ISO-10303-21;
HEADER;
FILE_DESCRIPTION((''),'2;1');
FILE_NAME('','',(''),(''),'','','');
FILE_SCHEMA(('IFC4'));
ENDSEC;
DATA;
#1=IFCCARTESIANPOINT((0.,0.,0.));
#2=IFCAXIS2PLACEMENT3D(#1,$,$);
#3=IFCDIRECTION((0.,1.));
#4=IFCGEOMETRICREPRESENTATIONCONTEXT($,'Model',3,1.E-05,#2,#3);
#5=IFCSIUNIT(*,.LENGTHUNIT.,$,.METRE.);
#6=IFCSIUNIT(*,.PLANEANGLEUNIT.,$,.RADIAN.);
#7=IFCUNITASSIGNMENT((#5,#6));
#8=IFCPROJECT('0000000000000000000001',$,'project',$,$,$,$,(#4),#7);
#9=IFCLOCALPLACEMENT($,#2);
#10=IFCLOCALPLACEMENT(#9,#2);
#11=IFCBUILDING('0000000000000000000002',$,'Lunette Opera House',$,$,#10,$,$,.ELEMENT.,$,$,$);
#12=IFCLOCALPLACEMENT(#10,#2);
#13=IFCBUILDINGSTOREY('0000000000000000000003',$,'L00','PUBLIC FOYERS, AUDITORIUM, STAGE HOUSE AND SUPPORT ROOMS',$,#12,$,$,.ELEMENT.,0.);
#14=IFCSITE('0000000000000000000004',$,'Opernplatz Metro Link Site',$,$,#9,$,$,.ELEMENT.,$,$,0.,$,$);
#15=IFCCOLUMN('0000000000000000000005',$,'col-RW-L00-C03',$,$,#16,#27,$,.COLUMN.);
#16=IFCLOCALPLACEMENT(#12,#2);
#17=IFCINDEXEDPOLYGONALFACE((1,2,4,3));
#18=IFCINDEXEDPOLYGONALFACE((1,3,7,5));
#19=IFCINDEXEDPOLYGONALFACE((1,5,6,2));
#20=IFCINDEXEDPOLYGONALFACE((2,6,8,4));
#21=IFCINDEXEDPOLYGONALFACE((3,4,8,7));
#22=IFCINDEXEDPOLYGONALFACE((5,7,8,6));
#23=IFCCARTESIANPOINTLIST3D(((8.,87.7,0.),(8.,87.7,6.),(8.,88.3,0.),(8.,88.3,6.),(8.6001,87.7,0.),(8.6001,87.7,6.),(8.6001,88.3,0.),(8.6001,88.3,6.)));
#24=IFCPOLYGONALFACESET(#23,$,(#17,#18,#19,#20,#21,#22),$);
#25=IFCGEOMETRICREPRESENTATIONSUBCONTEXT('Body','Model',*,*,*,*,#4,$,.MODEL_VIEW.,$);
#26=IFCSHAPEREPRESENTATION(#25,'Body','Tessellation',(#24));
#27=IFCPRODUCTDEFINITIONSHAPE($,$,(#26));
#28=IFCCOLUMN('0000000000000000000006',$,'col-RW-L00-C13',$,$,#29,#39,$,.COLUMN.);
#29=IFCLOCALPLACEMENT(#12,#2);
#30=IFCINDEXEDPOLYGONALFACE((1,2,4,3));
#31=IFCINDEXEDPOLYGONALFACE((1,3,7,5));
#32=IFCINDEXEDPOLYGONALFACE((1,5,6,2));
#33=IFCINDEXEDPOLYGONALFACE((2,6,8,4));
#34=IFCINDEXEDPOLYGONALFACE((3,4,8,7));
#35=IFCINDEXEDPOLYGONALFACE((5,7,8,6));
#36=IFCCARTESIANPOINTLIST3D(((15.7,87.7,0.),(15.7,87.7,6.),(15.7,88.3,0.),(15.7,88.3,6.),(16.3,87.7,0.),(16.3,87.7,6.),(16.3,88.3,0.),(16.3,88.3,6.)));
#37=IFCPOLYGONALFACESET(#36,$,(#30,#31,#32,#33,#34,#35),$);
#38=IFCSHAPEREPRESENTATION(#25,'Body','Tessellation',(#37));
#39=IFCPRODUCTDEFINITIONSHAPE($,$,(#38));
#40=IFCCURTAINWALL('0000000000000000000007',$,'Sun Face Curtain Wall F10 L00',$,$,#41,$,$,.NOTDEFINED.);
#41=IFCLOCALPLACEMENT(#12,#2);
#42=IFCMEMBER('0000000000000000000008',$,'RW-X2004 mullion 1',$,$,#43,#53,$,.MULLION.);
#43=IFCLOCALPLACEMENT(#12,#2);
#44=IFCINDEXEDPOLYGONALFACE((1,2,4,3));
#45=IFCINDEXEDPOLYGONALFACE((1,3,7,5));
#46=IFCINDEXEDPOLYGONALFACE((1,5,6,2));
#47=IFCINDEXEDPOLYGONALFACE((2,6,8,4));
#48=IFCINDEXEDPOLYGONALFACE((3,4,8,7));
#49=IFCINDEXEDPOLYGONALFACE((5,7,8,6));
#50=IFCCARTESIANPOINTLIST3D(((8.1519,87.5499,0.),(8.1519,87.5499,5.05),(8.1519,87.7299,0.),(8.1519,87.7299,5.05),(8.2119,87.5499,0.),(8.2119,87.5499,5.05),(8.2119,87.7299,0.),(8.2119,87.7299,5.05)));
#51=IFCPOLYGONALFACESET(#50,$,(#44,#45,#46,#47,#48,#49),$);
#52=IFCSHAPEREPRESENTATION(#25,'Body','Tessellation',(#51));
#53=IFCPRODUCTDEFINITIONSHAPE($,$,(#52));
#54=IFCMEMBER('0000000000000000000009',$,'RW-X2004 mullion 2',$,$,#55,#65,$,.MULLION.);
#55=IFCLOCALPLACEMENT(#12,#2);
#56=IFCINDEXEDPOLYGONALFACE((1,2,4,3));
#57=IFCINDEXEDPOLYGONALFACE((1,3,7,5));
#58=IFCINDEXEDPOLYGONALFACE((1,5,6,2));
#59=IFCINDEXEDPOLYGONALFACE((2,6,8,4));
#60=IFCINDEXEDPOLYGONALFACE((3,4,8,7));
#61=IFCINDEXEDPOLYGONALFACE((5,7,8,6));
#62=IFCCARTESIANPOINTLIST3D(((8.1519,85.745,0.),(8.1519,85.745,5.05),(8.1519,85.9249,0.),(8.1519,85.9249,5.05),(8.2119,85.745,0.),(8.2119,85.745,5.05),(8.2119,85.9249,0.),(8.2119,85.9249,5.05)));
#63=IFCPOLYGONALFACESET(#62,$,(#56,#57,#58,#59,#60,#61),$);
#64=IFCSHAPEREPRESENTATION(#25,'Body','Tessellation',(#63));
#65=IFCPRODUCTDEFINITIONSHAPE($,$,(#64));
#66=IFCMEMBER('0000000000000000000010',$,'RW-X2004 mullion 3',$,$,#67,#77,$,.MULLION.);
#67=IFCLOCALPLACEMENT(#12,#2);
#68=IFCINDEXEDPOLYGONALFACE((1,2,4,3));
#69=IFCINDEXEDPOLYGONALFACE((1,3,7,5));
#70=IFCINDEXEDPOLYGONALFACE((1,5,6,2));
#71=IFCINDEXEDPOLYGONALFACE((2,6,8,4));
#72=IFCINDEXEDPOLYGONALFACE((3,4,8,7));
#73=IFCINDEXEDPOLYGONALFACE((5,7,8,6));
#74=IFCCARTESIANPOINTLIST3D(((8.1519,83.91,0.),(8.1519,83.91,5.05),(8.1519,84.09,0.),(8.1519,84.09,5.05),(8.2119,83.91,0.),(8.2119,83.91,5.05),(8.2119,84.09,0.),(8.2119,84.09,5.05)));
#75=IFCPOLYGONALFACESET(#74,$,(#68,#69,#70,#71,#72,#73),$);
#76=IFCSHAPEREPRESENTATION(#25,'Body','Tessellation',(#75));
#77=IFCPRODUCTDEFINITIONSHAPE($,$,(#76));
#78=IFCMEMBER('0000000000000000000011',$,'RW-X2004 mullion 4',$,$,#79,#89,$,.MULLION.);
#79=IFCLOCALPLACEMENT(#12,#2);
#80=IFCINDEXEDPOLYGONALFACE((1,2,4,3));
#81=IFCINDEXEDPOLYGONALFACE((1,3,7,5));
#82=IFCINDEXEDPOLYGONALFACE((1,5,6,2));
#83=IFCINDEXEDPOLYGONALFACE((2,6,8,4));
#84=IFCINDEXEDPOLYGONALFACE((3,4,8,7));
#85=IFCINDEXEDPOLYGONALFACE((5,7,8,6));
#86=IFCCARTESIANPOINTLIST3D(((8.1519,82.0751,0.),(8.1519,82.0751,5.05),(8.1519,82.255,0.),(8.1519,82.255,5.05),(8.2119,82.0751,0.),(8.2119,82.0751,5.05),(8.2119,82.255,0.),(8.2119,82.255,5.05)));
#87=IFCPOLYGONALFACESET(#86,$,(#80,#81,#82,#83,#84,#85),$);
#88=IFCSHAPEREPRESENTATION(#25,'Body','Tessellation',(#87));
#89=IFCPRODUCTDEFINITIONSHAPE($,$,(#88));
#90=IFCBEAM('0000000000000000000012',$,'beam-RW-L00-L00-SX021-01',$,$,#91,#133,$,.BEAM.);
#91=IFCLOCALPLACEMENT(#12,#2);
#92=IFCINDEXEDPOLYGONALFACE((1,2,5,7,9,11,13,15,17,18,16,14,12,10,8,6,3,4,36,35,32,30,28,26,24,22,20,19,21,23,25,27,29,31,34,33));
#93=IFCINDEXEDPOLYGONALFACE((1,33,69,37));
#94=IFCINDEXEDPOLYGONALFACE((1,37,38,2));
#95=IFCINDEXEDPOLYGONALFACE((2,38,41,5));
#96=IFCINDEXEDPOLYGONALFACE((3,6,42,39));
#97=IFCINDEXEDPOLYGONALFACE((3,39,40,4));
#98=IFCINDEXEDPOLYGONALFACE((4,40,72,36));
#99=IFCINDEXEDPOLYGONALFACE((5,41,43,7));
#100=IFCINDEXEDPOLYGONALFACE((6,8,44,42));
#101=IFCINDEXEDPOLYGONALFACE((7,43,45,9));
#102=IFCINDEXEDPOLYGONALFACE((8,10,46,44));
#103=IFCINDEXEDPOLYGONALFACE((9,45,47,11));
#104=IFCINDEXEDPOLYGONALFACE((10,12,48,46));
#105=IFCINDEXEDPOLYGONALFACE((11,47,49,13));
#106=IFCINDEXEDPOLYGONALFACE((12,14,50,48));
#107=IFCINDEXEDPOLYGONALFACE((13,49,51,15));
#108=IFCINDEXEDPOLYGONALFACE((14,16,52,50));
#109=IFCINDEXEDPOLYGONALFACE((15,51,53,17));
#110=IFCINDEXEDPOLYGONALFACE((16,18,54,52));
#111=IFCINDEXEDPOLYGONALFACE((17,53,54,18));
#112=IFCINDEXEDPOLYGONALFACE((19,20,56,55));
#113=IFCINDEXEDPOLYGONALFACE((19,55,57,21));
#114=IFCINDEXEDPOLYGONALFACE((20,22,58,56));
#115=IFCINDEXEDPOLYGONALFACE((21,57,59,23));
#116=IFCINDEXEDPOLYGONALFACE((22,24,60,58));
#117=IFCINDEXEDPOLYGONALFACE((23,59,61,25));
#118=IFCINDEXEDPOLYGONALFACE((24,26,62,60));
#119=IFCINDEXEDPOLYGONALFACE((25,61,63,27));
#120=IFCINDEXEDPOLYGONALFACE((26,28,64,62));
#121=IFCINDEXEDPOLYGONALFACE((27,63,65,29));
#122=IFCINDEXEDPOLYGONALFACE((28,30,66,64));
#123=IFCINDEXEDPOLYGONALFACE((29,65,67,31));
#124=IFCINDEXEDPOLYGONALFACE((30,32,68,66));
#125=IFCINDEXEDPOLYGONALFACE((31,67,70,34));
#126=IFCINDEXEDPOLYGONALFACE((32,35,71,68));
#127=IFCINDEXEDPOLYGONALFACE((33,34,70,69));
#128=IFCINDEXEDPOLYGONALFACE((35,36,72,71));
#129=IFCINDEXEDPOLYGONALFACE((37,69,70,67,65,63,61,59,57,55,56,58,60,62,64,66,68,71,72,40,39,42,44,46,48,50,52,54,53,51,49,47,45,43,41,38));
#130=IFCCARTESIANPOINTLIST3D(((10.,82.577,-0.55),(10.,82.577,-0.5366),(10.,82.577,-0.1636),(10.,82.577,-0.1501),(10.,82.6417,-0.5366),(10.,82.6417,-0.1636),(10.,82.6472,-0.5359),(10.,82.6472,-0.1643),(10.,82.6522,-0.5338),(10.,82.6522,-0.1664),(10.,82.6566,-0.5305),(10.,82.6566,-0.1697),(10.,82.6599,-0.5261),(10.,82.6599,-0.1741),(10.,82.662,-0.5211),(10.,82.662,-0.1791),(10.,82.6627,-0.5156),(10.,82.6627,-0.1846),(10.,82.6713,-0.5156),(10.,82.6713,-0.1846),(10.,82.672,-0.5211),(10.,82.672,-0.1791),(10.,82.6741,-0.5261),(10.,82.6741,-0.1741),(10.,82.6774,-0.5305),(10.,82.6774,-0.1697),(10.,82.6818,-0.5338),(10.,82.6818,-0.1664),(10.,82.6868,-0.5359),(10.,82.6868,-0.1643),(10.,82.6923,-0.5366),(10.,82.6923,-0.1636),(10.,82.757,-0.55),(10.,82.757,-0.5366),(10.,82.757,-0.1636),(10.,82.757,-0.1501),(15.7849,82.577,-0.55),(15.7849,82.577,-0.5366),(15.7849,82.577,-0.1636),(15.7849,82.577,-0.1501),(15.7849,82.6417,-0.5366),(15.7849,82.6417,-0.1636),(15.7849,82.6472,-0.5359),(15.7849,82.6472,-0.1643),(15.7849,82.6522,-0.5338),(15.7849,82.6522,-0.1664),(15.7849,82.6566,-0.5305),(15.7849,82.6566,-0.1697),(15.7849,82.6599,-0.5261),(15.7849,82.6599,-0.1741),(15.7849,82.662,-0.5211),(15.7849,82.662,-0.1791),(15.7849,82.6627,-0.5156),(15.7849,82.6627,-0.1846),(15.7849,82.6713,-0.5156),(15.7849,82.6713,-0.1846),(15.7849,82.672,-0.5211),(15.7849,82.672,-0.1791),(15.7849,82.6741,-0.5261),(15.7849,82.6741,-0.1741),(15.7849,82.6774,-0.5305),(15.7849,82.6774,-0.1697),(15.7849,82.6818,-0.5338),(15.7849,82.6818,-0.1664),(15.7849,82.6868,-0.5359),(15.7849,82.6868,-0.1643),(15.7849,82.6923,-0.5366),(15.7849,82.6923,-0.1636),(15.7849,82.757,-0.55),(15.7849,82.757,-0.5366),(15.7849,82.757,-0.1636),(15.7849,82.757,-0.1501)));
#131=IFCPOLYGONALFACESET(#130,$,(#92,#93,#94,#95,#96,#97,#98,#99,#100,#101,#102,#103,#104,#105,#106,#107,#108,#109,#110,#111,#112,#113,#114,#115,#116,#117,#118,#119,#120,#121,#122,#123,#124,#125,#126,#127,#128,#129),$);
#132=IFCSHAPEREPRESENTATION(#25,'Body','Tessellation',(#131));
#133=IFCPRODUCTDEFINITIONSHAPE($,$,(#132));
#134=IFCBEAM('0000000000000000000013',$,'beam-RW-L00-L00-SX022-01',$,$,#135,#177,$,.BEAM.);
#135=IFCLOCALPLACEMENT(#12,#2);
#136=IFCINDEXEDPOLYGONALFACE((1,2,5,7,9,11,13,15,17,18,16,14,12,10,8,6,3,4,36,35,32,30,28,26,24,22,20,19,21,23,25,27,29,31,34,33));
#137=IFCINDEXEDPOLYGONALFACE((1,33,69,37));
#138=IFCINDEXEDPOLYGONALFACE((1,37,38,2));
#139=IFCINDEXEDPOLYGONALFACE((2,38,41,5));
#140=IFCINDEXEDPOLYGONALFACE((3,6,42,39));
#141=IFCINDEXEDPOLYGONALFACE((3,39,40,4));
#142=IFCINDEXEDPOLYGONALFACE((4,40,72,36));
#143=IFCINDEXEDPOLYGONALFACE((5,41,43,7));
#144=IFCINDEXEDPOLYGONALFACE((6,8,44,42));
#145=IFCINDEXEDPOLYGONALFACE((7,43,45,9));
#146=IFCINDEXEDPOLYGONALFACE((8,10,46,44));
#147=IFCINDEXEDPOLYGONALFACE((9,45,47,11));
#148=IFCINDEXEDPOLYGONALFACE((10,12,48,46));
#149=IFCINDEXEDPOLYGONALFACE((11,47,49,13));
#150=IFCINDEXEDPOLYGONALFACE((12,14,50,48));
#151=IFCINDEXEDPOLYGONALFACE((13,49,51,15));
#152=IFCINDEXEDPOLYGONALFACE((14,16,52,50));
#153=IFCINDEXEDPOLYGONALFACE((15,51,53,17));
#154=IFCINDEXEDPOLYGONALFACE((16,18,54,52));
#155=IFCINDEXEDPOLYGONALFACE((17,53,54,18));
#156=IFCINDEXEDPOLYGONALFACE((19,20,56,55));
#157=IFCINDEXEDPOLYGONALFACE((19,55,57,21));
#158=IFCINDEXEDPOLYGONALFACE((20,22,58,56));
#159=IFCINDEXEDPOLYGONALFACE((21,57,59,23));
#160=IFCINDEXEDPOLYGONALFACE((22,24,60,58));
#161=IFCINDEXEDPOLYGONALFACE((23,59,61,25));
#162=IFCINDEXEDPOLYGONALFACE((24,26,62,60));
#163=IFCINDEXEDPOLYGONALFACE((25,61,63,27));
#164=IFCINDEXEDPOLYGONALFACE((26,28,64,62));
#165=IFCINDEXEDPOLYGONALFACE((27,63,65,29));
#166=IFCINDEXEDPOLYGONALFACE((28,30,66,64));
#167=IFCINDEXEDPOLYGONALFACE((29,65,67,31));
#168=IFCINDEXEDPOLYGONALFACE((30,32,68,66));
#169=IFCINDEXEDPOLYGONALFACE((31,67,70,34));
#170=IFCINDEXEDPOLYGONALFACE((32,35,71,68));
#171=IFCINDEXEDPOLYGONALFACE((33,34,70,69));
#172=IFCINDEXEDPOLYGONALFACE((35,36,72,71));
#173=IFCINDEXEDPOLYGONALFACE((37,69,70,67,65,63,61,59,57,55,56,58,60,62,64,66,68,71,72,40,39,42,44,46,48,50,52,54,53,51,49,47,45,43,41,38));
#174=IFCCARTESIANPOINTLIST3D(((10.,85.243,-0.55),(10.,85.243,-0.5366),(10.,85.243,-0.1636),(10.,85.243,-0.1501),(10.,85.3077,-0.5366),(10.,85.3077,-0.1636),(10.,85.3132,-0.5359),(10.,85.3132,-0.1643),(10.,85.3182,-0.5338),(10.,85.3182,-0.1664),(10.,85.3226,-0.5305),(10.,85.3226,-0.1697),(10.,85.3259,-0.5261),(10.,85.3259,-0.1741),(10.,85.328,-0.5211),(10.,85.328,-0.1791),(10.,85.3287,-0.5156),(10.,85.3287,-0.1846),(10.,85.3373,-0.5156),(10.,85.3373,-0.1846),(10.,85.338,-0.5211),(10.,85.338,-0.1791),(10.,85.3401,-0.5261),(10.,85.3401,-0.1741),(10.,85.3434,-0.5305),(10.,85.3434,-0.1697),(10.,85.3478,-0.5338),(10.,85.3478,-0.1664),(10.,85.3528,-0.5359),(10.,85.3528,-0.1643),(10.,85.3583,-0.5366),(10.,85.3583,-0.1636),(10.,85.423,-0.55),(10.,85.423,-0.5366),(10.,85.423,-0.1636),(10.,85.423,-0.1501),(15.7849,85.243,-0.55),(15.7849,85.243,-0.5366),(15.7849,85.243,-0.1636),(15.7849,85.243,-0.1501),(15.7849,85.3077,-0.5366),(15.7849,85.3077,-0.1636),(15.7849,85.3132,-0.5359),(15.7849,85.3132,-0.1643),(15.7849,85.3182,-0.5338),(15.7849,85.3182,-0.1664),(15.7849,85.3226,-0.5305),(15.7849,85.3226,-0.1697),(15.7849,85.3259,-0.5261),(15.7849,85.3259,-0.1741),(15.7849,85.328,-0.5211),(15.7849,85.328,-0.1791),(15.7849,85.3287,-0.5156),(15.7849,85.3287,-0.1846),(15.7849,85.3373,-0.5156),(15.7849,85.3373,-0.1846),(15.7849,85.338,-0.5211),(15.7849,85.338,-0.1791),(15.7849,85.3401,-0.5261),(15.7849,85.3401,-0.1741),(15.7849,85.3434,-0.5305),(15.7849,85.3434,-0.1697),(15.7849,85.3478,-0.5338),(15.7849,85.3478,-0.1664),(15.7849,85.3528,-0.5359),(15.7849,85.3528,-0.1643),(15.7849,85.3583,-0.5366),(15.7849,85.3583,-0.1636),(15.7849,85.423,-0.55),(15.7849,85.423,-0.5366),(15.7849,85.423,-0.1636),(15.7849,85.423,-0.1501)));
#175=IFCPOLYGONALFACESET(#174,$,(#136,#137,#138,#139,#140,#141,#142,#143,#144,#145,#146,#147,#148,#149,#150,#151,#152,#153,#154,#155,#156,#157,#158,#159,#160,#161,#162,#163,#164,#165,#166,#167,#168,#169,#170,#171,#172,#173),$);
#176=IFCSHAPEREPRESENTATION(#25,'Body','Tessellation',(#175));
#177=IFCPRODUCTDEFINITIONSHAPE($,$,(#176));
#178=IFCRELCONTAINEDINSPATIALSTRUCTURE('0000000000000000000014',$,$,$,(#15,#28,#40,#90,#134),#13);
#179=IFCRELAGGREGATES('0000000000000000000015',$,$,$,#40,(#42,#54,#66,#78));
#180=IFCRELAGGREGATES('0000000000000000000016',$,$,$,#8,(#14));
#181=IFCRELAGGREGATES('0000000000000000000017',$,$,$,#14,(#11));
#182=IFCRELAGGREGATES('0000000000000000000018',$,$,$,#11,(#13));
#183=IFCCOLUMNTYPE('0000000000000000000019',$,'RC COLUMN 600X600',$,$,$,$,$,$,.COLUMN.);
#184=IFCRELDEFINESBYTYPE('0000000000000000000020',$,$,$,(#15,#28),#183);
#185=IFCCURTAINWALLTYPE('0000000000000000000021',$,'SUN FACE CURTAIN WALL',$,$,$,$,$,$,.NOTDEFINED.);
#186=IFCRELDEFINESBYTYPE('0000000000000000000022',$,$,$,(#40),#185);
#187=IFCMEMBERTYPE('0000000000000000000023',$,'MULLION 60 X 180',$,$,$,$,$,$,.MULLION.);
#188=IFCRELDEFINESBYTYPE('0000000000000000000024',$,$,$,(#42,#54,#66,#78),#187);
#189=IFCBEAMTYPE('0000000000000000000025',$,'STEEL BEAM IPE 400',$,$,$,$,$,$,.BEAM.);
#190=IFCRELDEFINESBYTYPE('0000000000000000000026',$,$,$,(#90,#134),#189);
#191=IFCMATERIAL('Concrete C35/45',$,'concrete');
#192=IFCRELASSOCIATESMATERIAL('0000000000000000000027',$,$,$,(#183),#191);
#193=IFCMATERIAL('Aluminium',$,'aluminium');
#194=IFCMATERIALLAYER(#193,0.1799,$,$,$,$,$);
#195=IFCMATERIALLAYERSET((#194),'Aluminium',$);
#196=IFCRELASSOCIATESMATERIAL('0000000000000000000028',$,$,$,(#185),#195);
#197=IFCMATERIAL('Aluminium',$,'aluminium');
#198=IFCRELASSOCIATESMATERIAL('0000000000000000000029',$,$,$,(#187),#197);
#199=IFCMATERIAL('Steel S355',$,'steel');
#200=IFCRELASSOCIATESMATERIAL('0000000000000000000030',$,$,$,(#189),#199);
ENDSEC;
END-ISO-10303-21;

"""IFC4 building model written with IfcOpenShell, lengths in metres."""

from ifc_helpers import new_model, si_unit, direction, frame, origin, origin_2d, place, context, subcontext, project, spatial, rectangle, i_section, extrude, material, layer, layer_set, material_profile, profile_set, type_object, element, aggregate, save


model = new_model("IFC4")

# Units and contexts
model_context = context("Model", 3, precision=1e-05, world=origin(), true_north=direction((0.0, 1.0)))
body_context = subcontext(model_context, "Body", "Model", "MODEL_VIEW")
ifc_project = project(units=[si_unit("LENGTHUNIT", "METRE"), si_unit("PLANEANGLEUNIT", "RADIAN")], contexts=[model_context])

# Site, building, storey
site_placement = place(None, origin())
site = spatial("IfcSite", under=ifc_project, at=site_placement, Name="Opernplatz Metro Link Site", CompositionType="ELEMENT", RefElevation=0.0)
building_placement = place(site_placement, origin())
building = spatial("IfcBuilding", under=site, at=building_placement, Name="Lunette Opera House", CompositionType="ELEMENT")
storey_placement = place(building_placement, origin())
storey = spatial("IfcBuildingStorey", under=building, at=storey_placement, Name="L00", Description="PUBLIC FOYERS, AUDITORIUM, STAGE HOUSE AND SUPPORT ROOMS", CompositionType="ELEMENT", Elevation=0.0)

# Columns
ifc_material_1 = material(Name="Concrete C35/45", Category="concrete")
ifc_material_profile_1 = material_profile(ifc_material_1, rectangle(XDim=0.6001, YDim=0.6001, at=origin_2d()), Name="RC COLUMN 600X600")
ifc_profile_set_1 = profile_set([ifc_material_profile_1], Name="Concrete C35/45")
column_type = type_object("IfcColumnType", Name="RC COLUMN 600X600", PredefinedType="COLUMN", material=ifc_profile_set_1)
for number, where, z_axis, x_axis, name in (
    (1, (8.3, 88.0, 0.0), (0.0, 0.0, 1.0), (1.0, 0.0, 0.0), "col-RW-L00-C03"),
    (2, (16.0, 88.0, 0.0), (0.0, 0.0, 1.0), (1.0, 0.0, 0.0), "col-RW-L00-C13"),
):
    element("IfcColumn", number, at=place(storey_placement, frame(where, z_axis=z_axis, x_axis=x_axis)), inside=storey, type_object=column_type, Name=name, PredefinedType="COLUMN", context=body_context, shape_type="SweptSolid", body=[
        extrude(rectangle(XDim=0.6001, YDim=0.6001, at=origin_2d()), origin(), (0.0, 0.0, 1.0), 6.0),
    ])

# Curtain wall, members
ifc_material_2 = material(Name="Aluminium", Category="aluminium")
ifc_layer_1 = layer(ifc_material_2, 0.1799)
ifc_layer_set_1 = layer_set([ifc_layer_1], Name="Aluminium")
curtain_wall_type = type_object("IfcCurtainWallType", Name="SUN FACE CURTAIN WALL", PredefinedType="NOTDEFINED", material=ifc_layer_set_1)
curtain_wall_placement = place(storey_placement, origin())
curtain_wall = element("IfcCurtainWall", 3, at=curtain_wall_placement, inside=storey, type_object=curtain_wall_type, Name="Sun Face Curtain Wall F10 L00", PredefinedType="NOTDEFINED")
ifc_material_3 = material(Name="Aluminium", Category="aluminium")
ifc_material_profile_2 = material_profile(ifc_material_3, rectangle(XDim=0.0601, YDim=0.1799, at=origin_2d()), Name="MULLION 60 X 180")
ifc_profile_set_2 = profile_set([ifc_material_profile_2], Name="Aluminium")
member_type_1 = type_object("IfcMemberType", Name="MULLION 60 X 180", PredefinedType="MULLION", material=ifc_profile_set_2)
member_1_placement = place(storey_placement, frame((8.1819, 87.6399, 0.0), z_axis=(0.0, 0.0, 1.0), x_axis=(1.0, 0.0, 0.0)))
member_1 = element("IfcMember", 4, at=member_1_placement, type_object=member_type_1, Name="RW-X2004 mullion 1", PredefinedType="MULLION", context=body_context, shape_type="SweptSolid", body=[
    extrude(rectangle(XDim=0.0601, YDim=0.1799, at=origin_2d()), origin(), (0.0, 0.0, 1.0), 5.05),
])
member_2_placement = place(storey_placement, frame((8.1819, 85.835, 0.0), z_axis=(0.0, 0.0, 1.0), x_axis=(1.0, 0.0, 0.0)))
member_2 = element("IfcMember", 5, at=member_2_placement, type_object=member_type_1, Name="RW-X2004 mullion 2", PredefinedType="MULLION", context=body_context, shape_type="SweptSolid", body=[
    extrude(rectangle(XDim=0.0601, YDim=0.1799, at=origin_2d()), origin(), (0.0, 0.0, 1.0), 5.05),
])
member_3_placement = place(storey_placement, frame((8.1819, 84.0, 0.0), z_axis=(0.0, 0.0, 1.0), x_axis=(1.0, 0.0, 0.0)))
member_3 = element("IfcMember", 6, at=member_3_placement, type_object=member_type_1, Name="RW-X2004 mullion 3", PredefinedType="MULLION", context=body_context, shape_type="SweptSolid", body=[
    extrude(rectangle(XDim=0.0601, YDim=0.1799, at=origin_2d()), origin(), (0.0, 0.0, 1.0), 5.05),
])
member_4_placement = place(storey_placement, frame((8.1819, 82.165, 0.0), z_axis=(0.0, 0.0, 1.0), x_axis=(1.0, 0.0, 0.0)))
member_4 = element("IfcMember", 7, at=member_4_placement, type_object=member_type_1, Name="RW-X2004 mullion 4", PredefinedType="MULLION", context=body_context, shape_type="SweptSolid", body=[
    extrude(rectangle(XDim=0.0601, YDim=0.1799, at=origin_2d()), origin(), (0.0, 0.0, 1.0), 5.05),
])

# Beams
ifc_material_4 = material(Name="Steel S355", Category="steel")
ifc_material_profile_3 = material_profile(ifc_material_4, i_section(OverallWidth=0.1799, OverallDepth=0.3999, WebThickness=0.0085, FlangeThickness=0.0134, FilletRadius=0.021, at=origin_2d()), Name="IPE 400")
ifc_profile_set_3 = profile_set([ifc_material_profile_3], Name="Steel S355")
beam_type = type_object("IfcBeamType", Name="STEEL BEAM IPE 400", PredefinedType="BEAM", material=ifc_profile_set_3)
for number, where, z_axis, x_axis, name in (
    (8, (10.0, 82.667, -0.3501), (1.0, 0.0, 0.0), (0.0, 1.0, 0.0), "beam-RW-L00-L00-SX021-01"),
    (9, (10.0, 85.333, -0.3501), (1.0, 0.0, 0.0), (0.0, 1.0, 0.0), "beam-RW-L00-L00-SX022-01"),
):
    element("IfcBeam", number, at=place(storey_placement, frame(where, z_axis=z_axis, x_axis=x_axis)), inside=storey, type_object=beam_type, Name=name, PredefinedType="BEAM", context=body_context, shape_type="SweptSolid", body=[
        extrude(i_section(OverallWidth=0.1799, OverallDepth=0.3999, WebThickness=0.0085, FlangeThickness=0.0134, FilletRadius=0.021, at=origin_2d()), origin(), (0.0, 0.0, 1.0), 5.7849),
    ])

aggregate(curtain_wall, [member_1, member_2, member_3, member_4])

save(model, "model.ifc")
